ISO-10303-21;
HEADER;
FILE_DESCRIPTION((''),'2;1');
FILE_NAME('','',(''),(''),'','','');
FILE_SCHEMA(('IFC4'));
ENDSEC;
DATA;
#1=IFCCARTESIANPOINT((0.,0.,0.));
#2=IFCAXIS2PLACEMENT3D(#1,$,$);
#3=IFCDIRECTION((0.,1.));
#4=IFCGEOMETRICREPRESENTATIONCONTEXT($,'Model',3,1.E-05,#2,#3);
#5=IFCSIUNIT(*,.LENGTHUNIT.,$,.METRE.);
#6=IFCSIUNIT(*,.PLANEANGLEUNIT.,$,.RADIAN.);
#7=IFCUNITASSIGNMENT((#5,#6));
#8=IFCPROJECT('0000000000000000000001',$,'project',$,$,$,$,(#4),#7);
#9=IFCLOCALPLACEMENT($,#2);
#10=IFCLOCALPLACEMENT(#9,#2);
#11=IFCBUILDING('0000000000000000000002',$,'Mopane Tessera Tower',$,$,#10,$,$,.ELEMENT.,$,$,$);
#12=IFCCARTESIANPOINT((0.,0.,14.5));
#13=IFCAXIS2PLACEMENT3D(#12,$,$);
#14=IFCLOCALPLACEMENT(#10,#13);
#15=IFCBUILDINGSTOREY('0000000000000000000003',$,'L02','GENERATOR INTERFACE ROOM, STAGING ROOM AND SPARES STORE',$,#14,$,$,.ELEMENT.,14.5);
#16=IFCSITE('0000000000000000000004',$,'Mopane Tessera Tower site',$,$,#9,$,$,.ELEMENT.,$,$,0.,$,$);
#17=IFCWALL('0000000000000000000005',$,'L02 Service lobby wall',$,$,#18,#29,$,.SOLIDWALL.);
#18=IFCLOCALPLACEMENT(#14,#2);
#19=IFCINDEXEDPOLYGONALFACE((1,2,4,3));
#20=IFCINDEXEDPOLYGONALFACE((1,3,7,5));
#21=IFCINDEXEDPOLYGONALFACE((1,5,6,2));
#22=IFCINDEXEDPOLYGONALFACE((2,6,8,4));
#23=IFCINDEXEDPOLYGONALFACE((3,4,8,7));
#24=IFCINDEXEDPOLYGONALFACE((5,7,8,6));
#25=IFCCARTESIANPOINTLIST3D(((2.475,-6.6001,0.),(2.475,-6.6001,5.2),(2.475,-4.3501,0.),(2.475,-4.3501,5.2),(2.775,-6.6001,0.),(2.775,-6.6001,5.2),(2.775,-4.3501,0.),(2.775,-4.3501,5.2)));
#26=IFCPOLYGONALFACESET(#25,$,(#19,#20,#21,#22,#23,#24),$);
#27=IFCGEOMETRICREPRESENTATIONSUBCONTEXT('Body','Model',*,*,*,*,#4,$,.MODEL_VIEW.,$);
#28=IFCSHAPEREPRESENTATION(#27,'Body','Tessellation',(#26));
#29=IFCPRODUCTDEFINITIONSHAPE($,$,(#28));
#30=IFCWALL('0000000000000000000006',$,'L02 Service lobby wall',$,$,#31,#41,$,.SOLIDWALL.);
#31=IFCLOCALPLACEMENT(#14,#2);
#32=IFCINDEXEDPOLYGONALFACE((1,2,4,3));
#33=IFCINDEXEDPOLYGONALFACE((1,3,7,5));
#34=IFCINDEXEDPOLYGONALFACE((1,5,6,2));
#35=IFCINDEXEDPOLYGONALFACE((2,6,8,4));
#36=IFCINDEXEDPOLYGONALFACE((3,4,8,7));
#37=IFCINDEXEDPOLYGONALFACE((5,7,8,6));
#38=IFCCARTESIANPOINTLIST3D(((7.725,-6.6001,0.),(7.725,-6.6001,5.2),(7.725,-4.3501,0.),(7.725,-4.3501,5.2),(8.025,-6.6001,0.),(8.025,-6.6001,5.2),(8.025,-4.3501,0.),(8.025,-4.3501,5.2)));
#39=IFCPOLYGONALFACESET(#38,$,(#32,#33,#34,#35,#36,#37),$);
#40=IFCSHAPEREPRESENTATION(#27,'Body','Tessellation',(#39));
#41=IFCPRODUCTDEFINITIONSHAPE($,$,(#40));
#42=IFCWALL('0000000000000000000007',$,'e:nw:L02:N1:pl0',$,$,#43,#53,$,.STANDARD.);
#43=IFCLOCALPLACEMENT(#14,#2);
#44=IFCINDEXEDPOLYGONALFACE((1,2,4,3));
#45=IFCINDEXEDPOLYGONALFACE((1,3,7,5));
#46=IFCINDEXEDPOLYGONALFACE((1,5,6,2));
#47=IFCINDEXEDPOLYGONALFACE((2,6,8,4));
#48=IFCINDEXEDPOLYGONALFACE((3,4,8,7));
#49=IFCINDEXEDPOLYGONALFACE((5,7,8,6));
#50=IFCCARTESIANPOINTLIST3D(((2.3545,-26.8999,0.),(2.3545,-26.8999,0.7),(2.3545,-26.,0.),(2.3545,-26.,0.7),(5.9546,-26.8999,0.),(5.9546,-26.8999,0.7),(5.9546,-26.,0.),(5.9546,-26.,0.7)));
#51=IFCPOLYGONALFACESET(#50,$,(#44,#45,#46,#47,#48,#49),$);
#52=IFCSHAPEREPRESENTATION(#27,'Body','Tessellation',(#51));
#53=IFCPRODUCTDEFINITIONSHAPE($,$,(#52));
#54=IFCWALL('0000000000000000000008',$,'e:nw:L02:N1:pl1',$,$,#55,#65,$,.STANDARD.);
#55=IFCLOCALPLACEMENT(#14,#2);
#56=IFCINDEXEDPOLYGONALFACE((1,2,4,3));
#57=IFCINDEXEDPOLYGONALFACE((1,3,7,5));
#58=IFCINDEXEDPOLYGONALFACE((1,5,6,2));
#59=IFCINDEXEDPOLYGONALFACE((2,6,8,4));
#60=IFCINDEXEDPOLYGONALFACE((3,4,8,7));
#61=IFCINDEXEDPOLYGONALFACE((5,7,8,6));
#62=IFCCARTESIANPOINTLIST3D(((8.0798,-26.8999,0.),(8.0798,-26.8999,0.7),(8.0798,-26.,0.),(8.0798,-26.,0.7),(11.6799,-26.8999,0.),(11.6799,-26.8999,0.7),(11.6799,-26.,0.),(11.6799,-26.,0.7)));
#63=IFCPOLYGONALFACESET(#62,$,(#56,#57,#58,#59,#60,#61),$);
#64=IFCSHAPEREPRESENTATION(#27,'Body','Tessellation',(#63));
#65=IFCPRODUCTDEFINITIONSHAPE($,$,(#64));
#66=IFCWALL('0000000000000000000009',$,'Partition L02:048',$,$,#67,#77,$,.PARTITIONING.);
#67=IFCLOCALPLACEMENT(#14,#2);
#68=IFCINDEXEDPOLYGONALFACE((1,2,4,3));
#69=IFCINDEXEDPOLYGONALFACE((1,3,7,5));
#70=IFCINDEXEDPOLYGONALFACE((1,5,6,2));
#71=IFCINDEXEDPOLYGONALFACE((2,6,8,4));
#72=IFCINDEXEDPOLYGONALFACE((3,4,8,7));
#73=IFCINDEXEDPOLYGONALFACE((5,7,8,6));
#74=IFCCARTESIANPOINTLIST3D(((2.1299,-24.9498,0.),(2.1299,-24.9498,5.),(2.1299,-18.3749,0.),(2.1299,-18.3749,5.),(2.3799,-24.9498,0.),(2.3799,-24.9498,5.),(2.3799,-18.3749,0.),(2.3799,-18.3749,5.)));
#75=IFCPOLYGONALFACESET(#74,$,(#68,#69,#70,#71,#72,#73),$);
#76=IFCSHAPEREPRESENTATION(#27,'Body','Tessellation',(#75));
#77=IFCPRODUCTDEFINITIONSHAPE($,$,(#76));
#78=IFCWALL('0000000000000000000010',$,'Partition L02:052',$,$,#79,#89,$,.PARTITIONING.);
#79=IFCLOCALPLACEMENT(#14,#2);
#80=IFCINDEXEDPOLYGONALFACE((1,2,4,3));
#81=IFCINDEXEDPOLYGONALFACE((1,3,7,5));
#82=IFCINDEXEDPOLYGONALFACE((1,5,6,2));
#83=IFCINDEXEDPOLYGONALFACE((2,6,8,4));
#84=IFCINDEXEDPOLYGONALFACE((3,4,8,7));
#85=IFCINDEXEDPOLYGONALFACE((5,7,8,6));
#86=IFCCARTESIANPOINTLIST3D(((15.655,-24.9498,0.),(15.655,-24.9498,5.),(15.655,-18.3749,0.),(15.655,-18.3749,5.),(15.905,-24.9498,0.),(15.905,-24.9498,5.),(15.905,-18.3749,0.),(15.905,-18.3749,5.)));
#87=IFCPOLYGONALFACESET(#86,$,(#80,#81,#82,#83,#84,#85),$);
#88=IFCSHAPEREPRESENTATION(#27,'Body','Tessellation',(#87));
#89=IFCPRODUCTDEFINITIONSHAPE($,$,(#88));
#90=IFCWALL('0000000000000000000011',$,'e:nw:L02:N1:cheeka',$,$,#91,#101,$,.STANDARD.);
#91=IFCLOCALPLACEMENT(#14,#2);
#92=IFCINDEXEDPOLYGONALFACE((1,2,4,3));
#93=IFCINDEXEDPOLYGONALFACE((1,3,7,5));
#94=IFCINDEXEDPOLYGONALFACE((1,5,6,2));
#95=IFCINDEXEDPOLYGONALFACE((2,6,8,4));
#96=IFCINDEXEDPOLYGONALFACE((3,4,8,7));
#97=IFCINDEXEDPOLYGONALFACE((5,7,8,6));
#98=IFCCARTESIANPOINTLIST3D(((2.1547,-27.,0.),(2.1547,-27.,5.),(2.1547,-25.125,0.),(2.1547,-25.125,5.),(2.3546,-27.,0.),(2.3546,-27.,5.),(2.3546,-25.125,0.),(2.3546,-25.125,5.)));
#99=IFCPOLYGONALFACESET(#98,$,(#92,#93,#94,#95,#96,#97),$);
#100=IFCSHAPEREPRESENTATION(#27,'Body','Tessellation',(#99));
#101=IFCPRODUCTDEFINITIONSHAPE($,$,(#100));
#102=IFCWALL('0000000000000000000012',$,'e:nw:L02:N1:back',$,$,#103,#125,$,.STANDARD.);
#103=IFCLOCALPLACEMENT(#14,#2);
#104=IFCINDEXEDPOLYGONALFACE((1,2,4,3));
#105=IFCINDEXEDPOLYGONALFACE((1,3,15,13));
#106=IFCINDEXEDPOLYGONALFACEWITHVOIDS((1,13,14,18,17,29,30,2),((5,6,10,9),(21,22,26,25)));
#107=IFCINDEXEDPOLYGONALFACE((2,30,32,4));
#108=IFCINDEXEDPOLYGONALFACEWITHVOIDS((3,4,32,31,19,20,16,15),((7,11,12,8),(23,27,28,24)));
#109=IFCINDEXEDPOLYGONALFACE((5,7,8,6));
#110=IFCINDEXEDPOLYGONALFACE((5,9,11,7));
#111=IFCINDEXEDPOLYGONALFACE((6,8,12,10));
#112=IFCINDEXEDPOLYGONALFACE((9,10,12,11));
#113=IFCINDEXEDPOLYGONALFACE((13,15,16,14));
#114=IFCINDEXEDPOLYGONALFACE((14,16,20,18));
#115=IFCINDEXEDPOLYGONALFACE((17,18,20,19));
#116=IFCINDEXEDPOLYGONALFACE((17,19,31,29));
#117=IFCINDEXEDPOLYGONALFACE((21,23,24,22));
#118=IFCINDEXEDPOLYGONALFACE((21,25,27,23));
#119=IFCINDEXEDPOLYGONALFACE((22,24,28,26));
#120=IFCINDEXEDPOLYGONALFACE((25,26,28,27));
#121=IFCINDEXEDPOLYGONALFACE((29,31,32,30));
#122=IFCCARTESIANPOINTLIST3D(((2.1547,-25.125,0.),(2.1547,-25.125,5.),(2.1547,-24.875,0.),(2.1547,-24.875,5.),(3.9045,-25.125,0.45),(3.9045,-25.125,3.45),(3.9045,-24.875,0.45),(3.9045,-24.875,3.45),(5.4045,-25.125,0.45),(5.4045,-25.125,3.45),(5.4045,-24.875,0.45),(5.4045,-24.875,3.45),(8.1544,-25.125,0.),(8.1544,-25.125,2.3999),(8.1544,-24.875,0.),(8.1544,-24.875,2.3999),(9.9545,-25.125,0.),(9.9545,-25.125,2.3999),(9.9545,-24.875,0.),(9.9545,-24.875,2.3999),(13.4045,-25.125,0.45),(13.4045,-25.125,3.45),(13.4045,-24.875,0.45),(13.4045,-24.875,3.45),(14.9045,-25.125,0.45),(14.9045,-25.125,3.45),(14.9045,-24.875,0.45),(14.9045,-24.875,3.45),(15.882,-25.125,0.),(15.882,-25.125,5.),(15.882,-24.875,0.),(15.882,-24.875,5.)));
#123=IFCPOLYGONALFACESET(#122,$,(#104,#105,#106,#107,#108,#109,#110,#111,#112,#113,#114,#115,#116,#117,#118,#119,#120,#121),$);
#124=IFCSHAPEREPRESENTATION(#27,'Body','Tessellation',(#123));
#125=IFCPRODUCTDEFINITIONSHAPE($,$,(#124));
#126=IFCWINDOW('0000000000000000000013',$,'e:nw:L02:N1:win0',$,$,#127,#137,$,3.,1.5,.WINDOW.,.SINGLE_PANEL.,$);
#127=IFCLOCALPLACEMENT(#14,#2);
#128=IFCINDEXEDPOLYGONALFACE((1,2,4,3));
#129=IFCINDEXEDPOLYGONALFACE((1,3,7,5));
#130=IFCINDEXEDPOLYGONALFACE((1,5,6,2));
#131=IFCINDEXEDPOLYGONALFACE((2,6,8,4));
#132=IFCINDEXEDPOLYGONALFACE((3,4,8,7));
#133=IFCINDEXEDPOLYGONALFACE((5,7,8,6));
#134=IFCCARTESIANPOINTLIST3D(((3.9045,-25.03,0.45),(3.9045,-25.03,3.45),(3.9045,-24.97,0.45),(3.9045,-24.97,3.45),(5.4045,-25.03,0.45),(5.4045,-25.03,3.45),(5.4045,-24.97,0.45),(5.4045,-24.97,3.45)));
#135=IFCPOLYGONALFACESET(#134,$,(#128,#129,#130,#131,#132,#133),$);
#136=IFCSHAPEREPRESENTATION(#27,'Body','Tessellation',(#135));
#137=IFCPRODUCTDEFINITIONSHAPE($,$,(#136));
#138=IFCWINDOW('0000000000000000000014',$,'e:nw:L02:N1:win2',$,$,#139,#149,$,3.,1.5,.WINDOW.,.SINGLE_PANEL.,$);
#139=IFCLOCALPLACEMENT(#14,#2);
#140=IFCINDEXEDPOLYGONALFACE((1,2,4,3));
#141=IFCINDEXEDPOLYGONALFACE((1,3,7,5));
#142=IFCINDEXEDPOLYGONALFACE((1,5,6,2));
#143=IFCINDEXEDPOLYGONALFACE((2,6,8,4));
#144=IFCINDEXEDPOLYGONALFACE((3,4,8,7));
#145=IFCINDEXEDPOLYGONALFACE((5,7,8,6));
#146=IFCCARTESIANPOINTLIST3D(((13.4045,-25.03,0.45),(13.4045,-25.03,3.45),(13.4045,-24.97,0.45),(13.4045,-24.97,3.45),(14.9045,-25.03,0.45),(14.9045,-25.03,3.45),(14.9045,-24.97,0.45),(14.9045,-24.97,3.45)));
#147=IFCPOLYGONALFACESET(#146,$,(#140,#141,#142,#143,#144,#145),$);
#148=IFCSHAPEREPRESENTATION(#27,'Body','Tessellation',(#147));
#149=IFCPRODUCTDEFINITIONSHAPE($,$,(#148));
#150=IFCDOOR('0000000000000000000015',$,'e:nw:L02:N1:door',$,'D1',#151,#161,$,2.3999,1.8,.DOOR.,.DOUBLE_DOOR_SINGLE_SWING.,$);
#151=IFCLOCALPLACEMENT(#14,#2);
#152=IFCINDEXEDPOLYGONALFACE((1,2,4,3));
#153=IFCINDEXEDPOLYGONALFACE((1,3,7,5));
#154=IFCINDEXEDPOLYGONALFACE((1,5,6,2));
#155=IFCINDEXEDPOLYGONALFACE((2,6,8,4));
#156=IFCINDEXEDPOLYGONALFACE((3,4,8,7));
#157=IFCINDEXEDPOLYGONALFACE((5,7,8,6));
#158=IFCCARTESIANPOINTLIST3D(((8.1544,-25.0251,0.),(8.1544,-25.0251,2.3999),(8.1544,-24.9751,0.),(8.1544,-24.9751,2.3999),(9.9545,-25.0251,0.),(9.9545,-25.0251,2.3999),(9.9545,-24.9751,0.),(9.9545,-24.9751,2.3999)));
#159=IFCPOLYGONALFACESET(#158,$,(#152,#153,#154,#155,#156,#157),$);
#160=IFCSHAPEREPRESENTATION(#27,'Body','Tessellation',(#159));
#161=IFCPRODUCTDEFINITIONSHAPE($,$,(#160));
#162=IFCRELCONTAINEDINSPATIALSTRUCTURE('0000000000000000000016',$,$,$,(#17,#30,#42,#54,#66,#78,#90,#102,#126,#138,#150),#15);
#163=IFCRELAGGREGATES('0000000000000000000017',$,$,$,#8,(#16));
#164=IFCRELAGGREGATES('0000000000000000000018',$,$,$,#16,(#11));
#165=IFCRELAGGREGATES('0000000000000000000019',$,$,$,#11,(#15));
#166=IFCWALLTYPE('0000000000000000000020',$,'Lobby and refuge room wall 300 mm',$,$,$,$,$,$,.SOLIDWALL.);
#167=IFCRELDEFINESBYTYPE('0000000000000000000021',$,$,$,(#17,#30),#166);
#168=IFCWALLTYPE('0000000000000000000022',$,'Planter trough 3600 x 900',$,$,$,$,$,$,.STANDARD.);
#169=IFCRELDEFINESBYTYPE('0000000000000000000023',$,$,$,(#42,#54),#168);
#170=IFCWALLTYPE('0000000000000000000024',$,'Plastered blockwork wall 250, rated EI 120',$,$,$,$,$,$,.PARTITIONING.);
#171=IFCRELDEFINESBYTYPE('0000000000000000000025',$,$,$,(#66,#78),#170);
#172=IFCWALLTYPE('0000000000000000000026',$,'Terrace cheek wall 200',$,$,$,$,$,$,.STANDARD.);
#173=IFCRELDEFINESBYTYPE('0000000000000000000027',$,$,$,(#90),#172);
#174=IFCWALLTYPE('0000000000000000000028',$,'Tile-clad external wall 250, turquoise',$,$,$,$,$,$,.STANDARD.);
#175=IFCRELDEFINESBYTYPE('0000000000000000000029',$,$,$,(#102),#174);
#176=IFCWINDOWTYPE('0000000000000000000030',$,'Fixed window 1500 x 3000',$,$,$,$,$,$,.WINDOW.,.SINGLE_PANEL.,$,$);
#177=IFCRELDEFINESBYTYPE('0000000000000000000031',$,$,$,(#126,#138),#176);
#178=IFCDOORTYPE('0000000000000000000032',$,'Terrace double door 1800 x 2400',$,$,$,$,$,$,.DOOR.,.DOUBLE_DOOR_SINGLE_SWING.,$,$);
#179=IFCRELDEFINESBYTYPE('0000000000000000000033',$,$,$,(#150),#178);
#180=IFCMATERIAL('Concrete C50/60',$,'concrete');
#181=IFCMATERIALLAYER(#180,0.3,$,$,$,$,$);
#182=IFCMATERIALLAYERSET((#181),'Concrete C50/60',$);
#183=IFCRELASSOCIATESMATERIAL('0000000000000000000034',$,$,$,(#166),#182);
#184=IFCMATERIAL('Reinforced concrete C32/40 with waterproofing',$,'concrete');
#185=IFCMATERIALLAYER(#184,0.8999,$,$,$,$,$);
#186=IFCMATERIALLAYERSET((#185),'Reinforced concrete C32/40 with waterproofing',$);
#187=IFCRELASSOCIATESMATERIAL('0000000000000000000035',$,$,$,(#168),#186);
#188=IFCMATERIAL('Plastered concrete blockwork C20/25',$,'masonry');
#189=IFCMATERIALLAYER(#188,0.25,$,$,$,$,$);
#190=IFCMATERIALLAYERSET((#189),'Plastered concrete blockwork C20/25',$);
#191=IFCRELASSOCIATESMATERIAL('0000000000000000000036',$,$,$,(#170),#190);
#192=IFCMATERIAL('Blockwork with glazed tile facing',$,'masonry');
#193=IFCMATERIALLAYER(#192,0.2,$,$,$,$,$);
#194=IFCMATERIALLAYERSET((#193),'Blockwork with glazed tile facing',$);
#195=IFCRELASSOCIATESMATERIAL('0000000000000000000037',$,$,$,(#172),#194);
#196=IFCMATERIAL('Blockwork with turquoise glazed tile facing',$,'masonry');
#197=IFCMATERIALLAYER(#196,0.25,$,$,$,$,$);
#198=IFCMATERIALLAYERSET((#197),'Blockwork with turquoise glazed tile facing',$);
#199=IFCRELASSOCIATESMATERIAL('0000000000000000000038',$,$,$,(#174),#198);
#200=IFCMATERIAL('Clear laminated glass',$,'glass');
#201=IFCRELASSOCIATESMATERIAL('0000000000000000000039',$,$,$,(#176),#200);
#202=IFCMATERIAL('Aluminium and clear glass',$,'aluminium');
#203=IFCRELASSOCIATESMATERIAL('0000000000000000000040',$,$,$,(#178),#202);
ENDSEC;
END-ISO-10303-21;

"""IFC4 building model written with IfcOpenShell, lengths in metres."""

from ifc_helpers import new_model, si_unit, direction, frame, frame_2d, origin, place, context, subcontext, project, spatial, rectangle, extrude, material, layer, layer_set, type_object, element, fill, save


model = new_model("IFC4")

# Units and contexts
model_context = context("Model", 3, precision=1e-05, world=origin(), true_north=direction((0.0, 1.0)))
body_context = subcontext(model_context, "Body", "Model", "MODEL_VIEW")
ifc_project = project(units=[si_unit("LENGTHUNIT", "METRE"), si_unit("PLANEANGLEUNIT", "RADIAN")], contexts=[model_context])

# Site, building, storey
site_placement = place(None, origin())
site = spatial("IfcSite", under=ifc_project, at=site_placement, Name="Mopane Tessera Tower site", CompositionType="ELEMENT", RefElevation=0.0)
building_placement = place(site_placement, origin())
building = spatial("IfcBuilding", under=site, at=building_placement, Name="Mopane Tessera Tower", CompositionType="ELEMENT")
storey_placement = place(building_placement, frame((0.0, 0.0, 14.5)))
storey = spatial("IfcBuildingStorey", under=building, at=storey_placement, Name="L02", Description="GENERATOR INTERFACE ROOM, STAGING ROOM AND SPARES STORE", CompositionType="ELEMENT", Elevation=14.5)

# Walls
ifc_material_1 = material(Name="Concrete C50/60", Category="concrete")
ifc_layer_1 = layer(ifc_material_1, 0.3)
ifc_layer_set_1 = layer_set([ifc_layer_1], Name="Concrete C50/60")
wall_type_1 = type_object("IfcWallType", Name="Lobby and refuge room wall 300 mm", PredefinedType="SOLIDWALL", material=ifc_layer_set_1)
for number, where, z_axis, x_axis, name in (
    (1, (2.625, -6.6001, 0.0), (0.0, 0.0, 1.0), (0.0, 1.0, 0.0), "L02 Service lobby wall"),
    (2, (7.875, -6.6001, 0.0), (0.0, 0.0, 1.0), (0.0, 1.0, 0.0), "L02 Service lobby wall"),
):
    element("IfcWall", number, at=place(storey_placement, frame(where, z_axis=z_axis, x_axis=x_axis)), inside=storey, type_object=wall_type_1, Name=name, PredefinedType="SOLIDWALL", context=body_context, shape_type="SweptSolid", body=[
        extrude(rectangle(XDim=2.25, YDim=0.3, at=frame_2d((1.125, 0.0))), origin(), (0.0, 0.0, 1.0), 5.2),
    ])
ifc_material_2 = material(Name="Reinforced concrete C32/40 with waterproofing", Category="concrete")
ifc_layer_2 = layer(ifc_material_2, 0.8999)
ifc_layer_set_2 = layer_set([ifc_layer_2], Name="Reinforced concrete C32/40 with waterproofing")
wall_type_2 = type_object("IfcWallType", Name="Planter trough 3600 x 900", PredefinedType="STANDARD", material=ifc_layer_set_2)
for number, where, z_axis, x_axis, name in (
    (3, (2.3545, -26.45, 0.0), (0.0, 0.0, 1.0), (1.0, 0.0, 0.0), "e:nw:L02:N1:pl0"),
    (4, (8.0798, -26.45, 0.0), (0.0, 0.0, 1.0), (1.0, 0.0, 0.0), "e:nw:L02:N1:pl1"),
):
    element("IfcWall", number, at=place(storey_placement, frame(where, z_axis=z_axis, x_axis=x_axis)), inside=storey, type_object=wall_type_2, Name=name, PredefinedType="STANDARD", context=body_context, shape_type="SweptSolid", body=[
        extrude(rectangle(XDim=3.6001, YDim=0.8999, at=frame_2d((1.8, 0.0))), origin(), (0.0, 0.0, 1.0), 0.7),
    ])
ifc_material_3 = material(Name="Plastered concrete blockwork C20/25", Category="masonry")
ifc_layer_3 = layer(ifc_material_3, 0.25)
ifc_layer_set_3 = layer_set([ifc_layer_3], Name="Plastered concrete blockwork C20/25")
wall_type_3 = type_object("IfcWallType", Name="Plastered blockwork wall 250, rated EI 120", PredefinedType="PARTITIONING", material=ifc_layer_set_3)
for number, where, z_axis, x_axis, name in (
    (5, (2.2549, -24.95, 0.0), (0.0, 0.0, 1.0), (0.0, 1.0, 0.0), "Partition L02:048"),
    (6, (15.78, -24.95, 0.0), (0.0, 0.0, 1.0), (0.0, 1.0, 0.0), "Partition L02:052"),
):
    element("IfcWall", number, at=place(storey_placement, frame(where, z_axis=z_axis, x_axis=x_axis)), inside=storey, type_object=wall_type_3, Name=name, PredefinedType="PARTITIONING", context=body_context, shape_type="SweptSolid", body=[
        extrude(rectangle(XDim=6.575, YDim=0.25, at=frame_2d((3.2876, 0.0))), origin(), (0.0, 0.0, 1.0), 5.0),
    ])
ifc_material_4 = material(Name="Blockwork with glazed tile facing", Category="masonry")
ifc_layer_4 = layer(ifc_material_4, 0.2)
ifc_layer_set_4 = layer_set([ifc_layer_4], Name="Blockwork with glazed tile facing")
wall_type_4 = type_object("IfcWallType", Name="Terrace cheek wall 200", PredefinedType="STANDARD", material=ifc_layer_set_4)
wall_1_placement = place(storey_placement, frame((2.2546, -27.0, 0.0), z_axis=(0.0, 0.0, 1.0), x_axis=(0.0, 1.0, 0.0)))
element("IfcWall", 7, at=wall_1_placement, inside=storey, type_object=wall_type_4, Name="e:nw:L02:N1:cheeka", PredefinedType="STANDARD", context=body_context, shape_type="SweptSolid", body=[
    extrude(rectangle(XDim=1.875, YDim=0.2, at=frame_2d((0.9375, 0.0))), origin(), (0.0, 0.0, 1.0), 5.0),
])

# Wall, openings, windows, door
ifc_material_5 = material(Name="Blockwork with turquoise glazed tile facing", Category="masonry")
ifc_layer_5 = layer(ifc_material_5, 0.25)
ifc_layer_set_5 = layer_set([ifc_layer_5], Name="Blockwork with turquoise glazed tile facing")
wall_type_5 = type_object("IfcWallType", Name="Tile-clad external wall 250, turquoise", PredefinedType="STANDARD", material=ifc_layer_set_5)
wall_2_placement = place(storey_placement, frame((2.1545, -25.0, 0.0), z_axis=(0.0, 0.0, 1.0), x_axis=(1.0, 0.0, 0.0)))
wall_2 = element("IfcWall", 8, at=wall_2_placement, inside=storey, type_object=wall_type_5, Name="e:nw:L02:N1:back", PredefinedType="STANDARD", context=body_context, shape_type="SweptSolid", body=[
    extrude(rectangle(XDim=13.7273, YDim=0.25, at=frame_2d((6.8638, 0.0))), origin(), (0.0, 0.0, 1.0), 5.0),
])
opening_1_placement = place(wall_2_placement, frame((1.75, 0.0, 0.45)))
opening_1 = element("IfcOpeningElement", 9, at=opening_1_placement, cuts=wall_2, PredefinedType="OPENING", context=body_context, shape_type="SweptSolid", body=[
    extrude(rectangle(XDim=1.5, YDim=3.0, at=frame_2d((0.75, 1.5))), frame((0.0, 0.137, 0.0), z_axis=(0.0, -1.0, 0.0), x_axis=(1.0, 0.0, 0.0)), (0.0, 0.0, 1.0), 0.2739),
])
opening_2_placement = place(wall_2_placement, frame((6.0, 0.0, 0.0)))
opening_2 = element("IfcOpeningElement", 10, at=opening_2_placement, cuts=wall_2, PredefinedType="OPENING", context=body_context, shape_type="SweptSolid", body=[
    extrude(rectangle(XDim=1.8, YDim=2.3999, at=frame_2d((0.8999, 1.2))), frame((0.0, 0.137, 0.0), z_axis=(0.0, -1.0, 0.0), x_axis=(1.0, 0.0, 0.0)), (0.0, 0.0, 1.0), 0.2739),
])
opening_3_placement = place(wall_2_placement, frame((11.25, 0.0, 0.45)))
opening_3 = element("IfcOpeningElement", 11, at=opening_3_placement, cuts=wall_2, PredefinedType="OPENING", context=body_context, shape_type="SweptSolid", body=[
    extrude(rectangle(XDim=1.5, YDim=3.0, at=frame_2d((0.75, 1.5))), frame((0.0, 0.137, 0.0), z_axis=(0.0, -1.0, 0.0), x_axis=(1.0, 0.0, 0.0)), (0.0, 0.0, 1.0), 0.2739),
])
ifc_material_6 = material(Name="Clear laminated glass", Category="glass")
window_type = type_object("IfcWindowType", Name="Fixed window 1500 x 3000", PartitioningType="SINGLE_PANEL", PredefinedType="WINDOW", material=ifc_material_6)
window_1_placement = place(opening_1_placement, origin())
window_1 = element("IfcWindow", 12, at=window_1_placement, inside=storey, type_object=window_type, Name="e:nw:L02:N1:win0", OverallHeight=3.0, OverallWidth=1.5, PartitioningType="SINGLE_PANEL", PredefinedType="WINDOW", context=body_context, shape_type="SweptSolid", body=[
    extrude(rectangle(XDim=1.5, YDim=3.0, at=frame_2d((0.75, 1.5))), frame((0.0, 0.03, 0.0), z_axis=(0.0, -1.0, 0.0), x_axis=(1.0, 0.0, 0.0)), (0.0, 0.0, 1.0), 0.0601),
])
fill(opening_1, window_1)
window_2_placement = place(opening_3_placement, origin())
window_2 = element("IfcWindow", 13, at=window_2_placement, inside=storey, type_object=window_type, Name="e:nw:L02:N1:win2", OverallHeight=3.0, OverallWidth=1.5, PartitioningType="SINGLE_PANEL", PredefinedType="WINDOW", context=body_context, shape_type="SweptSolid", body=[
    extrude(rectangle(XDim=1.5, YDim=3.0, at=frame_2d((0.75, 1.5))), frame((0.0, 0.03, 0.0), z_axis=(0.0, -1.0, 0.0), x_axis=(1.0, 0.0, 0.0)), (0.0, 0.0, 1.0), 0.0601),
])
fill(opening_3, window_2)
ifc_material_7 = material(Name="Aluminium and clear glass", Category="aluminium")
door_type_1 = type_object("IfcDoorType", Name="Terrace double door 1800 x 2400", OperationType="DOUBLE_DOOR_SINGLE_SWING", PredefinedType="DOOR", material=ifc_material_7)
door_1_placement = place(opening_2_placement, origin())
door_1 = element("IfcDoor", 14, at=door_1_placement, inside=storey, type_object=door_type_1, Name="e:nw:L02:N1:door", ObjectType="D1", OperationType="DOUBLE_DOOR_SINGLE_SWING", OverallHeight=2.3999, OverallWidth=1.8, PredefinedType="DOOR", context=body_context, shape_type="SweptSolid", body=[
    extrude(rectangle(XDim=1.8, YDim=2.3999, at=frame_2d((0.8999, 1.2))), frame((0.0, 0.0249, 0.0), z_axis=(0.0, -1.0, 0.0), x_axis=(1.0, 0.0, 0.0)), (0.0, 0.0, 1.0), 0.05),
])
fill(opening_2, door_1)

save(model, "model.ifc")
